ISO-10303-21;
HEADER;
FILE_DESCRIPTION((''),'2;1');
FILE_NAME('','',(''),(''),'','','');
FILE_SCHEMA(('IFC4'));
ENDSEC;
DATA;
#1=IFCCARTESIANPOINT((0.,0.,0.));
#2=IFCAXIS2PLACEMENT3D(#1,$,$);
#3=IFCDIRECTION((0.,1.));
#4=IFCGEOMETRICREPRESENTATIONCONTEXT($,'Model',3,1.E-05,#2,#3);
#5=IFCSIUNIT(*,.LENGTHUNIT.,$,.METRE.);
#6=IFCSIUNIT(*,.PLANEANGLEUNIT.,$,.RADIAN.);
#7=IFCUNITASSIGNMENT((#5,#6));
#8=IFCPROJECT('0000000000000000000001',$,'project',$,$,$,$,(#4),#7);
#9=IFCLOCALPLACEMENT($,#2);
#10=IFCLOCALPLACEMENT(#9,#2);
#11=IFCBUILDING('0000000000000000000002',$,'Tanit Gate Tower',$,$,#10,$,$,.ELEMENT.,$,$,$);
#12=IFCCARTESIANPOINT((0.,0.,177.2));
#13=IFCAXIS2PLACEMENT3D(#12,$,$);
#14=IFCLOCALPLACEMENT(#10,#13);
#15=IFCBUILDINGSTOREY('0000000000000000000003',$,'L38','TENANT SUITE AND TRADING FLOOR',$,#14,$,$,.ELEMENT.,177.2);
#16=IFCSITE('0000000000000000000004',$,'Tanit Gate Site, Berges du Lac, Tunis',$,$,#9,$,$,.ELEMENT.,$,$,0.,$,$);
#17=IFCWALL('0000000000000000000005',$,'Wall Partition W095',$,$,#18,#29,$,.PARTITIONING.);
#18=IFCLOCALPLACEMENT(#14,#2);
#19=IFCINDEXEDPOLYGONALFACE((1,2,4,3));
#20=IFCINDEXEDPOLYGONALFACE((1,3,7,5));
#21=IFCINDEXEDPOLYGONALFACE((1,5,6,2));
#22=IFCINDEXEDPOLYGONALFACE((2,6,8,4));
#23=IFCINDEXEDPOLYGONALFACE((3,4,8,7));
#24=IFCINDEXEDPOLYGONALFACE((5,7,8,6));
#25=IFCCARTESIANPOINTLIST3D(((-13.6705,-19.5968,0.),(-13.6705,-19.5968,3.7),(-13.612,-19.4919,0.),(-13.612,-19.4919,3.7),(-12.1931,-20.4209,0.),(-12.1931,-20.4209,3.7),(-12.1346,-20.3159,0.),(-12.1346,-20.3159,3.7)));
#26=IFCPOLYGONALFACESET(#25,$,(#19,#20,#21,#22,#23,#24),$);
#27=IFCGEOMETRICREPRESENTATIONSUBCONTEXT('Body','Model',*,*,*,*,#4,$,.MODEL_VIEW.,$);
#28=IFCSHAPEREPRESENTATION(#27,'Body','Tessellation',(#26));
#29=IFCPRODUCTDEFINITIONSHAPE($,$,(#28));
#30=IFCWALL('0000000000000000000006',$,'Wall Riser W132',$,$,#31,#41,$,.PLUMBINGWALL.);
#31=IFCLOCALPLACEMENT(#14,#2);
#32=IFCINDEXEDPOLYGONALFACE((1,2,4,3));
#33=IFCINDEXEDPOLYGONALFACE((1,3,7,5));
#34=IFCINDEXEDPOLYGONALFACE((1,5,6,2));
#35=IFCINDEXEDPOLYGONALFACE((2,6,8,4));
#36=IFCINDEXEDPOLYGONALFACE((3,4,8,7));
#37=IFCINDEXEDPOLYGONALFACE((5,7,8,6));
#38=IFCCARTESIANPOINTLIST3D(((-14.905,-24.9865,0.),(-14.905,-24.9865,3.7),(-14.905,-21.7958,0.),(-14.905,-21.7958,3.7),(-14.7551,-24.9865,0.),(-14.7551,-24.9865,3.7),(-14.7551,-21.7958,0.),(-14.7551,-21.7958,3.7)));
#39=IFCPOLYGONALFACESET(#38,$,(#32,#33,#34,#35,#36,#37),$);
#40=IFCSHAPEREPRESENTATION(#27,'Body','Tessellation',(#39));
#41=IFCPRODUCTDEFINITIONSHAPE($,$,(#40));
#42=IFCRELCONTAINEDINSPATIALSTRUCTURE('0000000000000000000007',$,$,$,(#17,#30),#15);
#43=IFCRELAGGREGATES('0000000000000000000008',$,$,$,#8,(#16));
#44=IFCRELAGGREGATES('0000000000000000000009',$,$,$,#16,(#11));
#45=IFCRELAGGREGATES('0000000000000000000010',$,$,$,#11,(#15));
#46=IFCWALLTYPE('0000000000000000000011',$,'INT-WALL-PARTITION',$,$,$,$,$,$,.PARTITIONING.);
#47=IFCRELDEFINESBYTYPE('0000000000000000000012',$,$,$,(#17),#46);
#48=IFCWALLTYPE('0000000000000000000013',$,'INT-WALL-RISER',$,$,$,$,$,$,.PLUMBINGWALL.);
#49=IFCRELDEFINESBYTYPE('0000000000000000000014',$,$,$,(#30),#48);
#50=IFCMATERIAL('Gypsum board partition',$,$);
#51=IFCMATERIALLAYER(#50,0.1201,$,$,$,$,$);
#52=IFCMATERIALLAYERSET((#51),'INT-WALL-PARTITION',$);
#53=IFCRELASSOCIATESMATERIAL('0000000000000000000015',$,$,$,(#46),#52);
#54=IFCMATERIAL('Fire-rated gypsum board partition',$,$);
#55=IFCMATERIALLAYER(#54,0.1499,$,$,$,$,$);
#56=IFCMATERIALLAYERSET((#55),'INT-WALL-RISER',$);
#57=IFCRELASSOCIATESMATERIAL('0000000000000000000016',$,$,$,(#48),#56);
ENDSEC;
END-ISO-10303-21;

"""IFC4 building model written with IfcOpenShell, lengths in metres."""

from ifc_helpers import new_model, si_unit, direction, frame, frame_2d, origin, place, context, subcontext, project, spatial, rectangle, extrude, material, layer, layer_set, type_object, element, save


model = new_model("IFC4")

# Units and contexts
model_context = context("Model", 3, precision=1e-05, world=origin(), true_north=direction((0.0, 1.0)))
body_context = subcontext(model_context, "Body", "Model", "MODEL_VIEW")
ifc_project = project(units=[si_unit("LENGTHUNIT", "METRE"), si_unit("PLANEANGLEUNIT", "RADIAN")], contexts=[model_context])

# Site, building, storey
site_placement = place(None, origin())
site = spatial("IfcSite", under=ifc_project, at=site_placement, Name="Tanit Gate Site, Berges du Lac, Tunis", CompositionType="ELEMENT", RefElevation=0.0)
building_placement = place(site_placement, origin())
building = spatial("IfcBuilding", under=site, at=building_placement, Name="Tanit Gate Tower", CompositionType="ELEMENT")
storey_placement = place(building_placement, frame((0.0, 0.0, 177.2)))
storey = spatial("IfcBuildingStorey", under=building, at=storey_placement, Name="L38", Description="TENANT SUITE AND TRADING FLOOR", CompositionType="ELEMENT", Elevation=177.2)

# Walls
ifc_material_1 = material(Name="Gypsum board partition")
ifc_layer_1 = layer(ifc_material_1, 0.1201)
ifc_layer_set_1 = layer_set([ifc_layer_1], Name="INT-WALL-PARTITION")
wall_type_1 = type_object("IfcWallType", Name="INT-WALL-PARTITION", PredefinedType="PARTITIONING", material=ifc_layer_set_1)
wall_1_placement = place(storey_placement, frame((-13.6411, -19.5444, 0.0), z_axis=(0.0, 0.0, 1.0), x_axis=(0.873339, -0.487113, 0.0)))
element("IfcWall", 1, at=wall_1_placement, inside=storey, type_object=wall_type_1, Name="Wall Partition W095", PredefinedType="PARTITIONING", context=body_context, shape_type="SweptSolid", body=[
    extrude(rectangle(XDim=1.6917, YDim=0.1201, at=frame_2d((0.8457, 0.0))), origin(), (0.0, 0.0, 1.0), 3.7),
])
ifc_material_2 = material(Name="Fire-rated gypsum board partition")
ifc_layer_2 = layer(ifc_material_2, 0.1499)
ifc_layer_set_2 = layer_set([ifc_layer_2], Name="INT-WALL-RISER")
wall_type_2 = type_object("IfcWallType", Name="INT-WALL-RISER", PredefinedType="PLUMBINGWALL", material=ifc_layer_set_2)
wall_2_placement = place(storey_placement, frame((-14.8301, -24.9863, 0.0), z_axis=(0.0, 0.0, 1.0), x_axis=(0.0, 1.0, 0.0)))
element("IfcWall", 2, at=wall_2_placement, inside=storey, type_object=wall_type_2, Name="Wall Riser W132", PredefinedType="PLUMBINGWALL", context=body_context, shape_type="SweptSolid", body=[
    extrude(rectangle(XDim=3.1907, YDim=0.1499, at=frame_2d((1.5952, 0.0))), origin(), (0.0, 0.0, 1.0), 3.7),
])

save(model, "model.ifc")
